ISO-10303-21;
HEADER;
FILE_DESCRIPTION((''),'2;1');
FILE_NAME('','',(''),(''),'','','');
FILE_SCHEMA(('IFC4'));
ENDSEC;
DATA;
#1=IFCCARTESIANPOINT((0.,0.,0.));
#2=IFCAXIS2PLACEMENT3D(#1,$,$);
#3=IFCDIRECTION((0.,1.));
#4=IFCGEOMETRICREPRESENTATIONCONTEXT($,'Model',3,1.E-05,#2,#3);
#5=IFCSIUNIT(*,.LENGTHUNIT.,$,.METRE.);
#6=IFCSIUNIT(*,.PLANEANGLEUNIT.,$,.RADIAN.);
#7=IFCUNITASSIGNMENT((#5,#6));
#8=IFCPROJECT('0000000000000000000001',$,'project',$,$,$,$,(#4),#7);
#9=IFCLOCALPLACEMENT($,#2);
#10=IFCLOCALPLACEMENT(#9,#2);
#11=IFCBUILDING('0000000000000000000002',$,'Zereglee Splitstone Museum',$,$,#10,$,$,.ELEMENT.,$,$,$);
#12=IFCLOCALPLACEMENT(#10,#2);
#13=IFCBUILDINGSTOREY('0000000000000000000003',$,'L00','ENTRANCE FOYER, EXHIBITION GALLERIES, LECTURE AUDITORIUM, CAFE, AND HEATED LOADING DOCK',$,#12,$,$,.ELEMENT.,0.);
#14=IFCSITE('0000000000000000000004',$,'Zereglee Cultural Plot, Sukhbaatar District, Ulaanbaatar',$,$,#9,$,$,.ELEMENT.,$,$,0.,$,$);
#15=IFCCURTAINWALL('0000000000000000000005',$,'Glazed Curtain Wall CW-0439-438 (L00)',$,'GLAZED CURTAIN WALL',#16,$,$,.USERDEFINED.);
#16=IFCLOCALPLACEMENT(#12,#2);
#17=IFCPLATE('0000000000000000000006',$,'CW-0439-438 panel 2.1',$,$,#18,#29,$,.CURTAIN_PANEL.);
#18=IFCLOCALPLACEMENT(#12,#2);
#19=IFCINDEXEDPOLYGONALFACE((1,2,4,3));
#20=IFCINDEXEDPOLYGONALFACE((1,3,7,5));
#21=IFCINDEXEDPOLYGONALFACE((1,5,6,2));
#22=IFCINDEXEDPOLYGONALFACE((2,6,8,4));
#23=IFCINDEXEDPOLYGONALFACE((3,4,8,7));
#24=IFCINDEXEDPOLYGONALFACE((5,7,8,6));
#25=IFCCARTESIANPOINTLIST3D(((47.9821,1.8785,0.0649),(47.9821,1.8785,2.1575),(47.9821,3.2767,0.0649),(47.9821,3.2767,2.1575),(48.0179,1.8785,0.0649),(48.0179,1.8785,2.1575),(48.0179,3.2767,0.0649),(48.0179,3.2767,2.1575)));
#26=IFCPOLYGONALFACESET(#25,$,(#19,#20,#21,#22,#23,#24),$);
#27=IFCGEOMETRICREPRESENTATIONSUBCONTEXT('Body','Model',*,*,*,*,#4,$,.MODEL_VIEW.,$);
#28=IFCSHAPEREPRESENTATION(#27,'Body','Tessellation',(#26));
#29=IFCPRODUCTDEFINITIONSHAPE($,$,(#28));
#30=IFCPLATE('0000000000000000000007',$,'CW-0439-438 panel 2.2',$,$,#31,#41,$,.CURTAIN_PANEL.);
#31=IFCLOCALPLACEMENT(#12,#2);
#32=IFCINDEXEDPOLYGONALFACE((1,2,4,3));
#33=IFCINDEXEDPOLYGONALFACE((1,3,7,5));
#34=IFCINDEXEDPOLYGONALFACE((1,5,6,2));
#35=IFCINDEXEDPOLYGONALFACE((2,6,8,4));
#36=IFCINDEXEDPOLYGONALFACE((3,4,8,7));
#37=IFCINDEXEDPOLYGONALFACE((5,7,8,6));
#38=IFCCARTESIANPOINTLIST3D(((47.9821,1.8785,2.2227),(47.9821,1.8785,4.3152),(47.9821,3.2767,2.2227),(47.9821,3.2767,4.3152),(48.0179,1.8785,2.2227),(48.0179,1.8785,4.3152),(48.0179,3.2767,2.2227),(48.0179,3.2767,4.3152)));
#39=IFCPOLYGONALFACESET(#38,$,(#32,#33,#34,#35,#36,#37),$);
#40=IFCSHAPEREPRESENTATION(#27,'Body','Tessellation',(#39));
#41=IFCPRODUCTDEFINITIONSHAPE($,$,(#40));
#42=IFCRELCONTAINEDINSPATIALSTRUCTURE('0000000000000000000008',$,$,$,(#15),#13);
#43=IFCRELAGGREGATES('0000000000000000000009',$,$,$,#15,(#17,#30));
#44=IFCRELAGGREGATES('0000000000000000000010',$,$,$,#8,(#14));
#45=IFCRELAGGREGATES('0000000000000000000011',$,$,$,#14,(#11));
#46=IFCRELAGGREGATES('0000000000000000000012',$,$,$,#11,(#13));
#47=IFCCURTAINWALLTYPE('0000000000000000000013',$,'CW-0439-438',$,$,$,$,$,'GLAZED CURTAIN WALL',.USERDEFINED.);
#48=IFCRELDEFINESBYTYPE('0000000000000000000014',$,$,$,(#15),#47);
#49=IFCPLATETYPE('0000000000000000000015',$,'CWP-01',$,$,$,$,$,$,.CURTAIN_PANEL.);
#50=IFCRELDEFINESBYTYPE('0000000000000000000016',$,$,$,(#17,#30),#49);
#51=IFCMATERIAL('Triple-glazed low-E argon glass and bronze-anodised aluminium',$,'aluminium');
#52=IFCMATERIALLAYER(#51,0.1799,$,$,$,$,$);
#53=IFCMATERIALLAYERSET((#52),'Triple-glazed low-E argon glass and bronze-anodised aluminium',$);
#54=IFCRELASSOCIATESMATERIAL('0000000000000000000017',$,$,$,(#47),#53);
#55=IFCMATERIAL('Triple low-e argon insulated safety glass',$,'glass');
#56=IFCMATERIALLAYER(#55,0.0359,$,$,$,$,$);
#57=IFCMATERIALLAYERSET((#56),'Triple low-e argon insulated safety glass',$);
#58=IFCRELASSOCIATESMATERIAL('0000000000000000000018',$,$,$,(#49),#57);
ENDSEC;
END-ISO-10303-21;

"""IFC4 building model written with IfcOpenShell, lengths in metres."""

from ifc_helpers import new_model, si_unit, direction, frame, origin, origin_2d, place, context, subcontext, project, spatial, rectangle, extrude, material, layer, layer_set, type_object, element, aggregate, save


model = new_model("IFC4")

# Units and contexts
model_context = context("Model", 3, precision=1e-05, world=origin(), true_north=direction((0.0, 1.0)))
body_context = subcontext(model_context, "Body", "Model", "MODEL_VIEW")
ifc_project = project(units=[si_unit("LENGTHUNIT", "METRE"), si_unit("PLANEANGLEUNIT", "RADIAN")], contexts=[model_context])

# Site, building, storey
site_placement = place(None, origin())
site = spatial("IfcSite", under=ifc_project, at=site_placement, Name="Zereglee Cultural Plot, Sukhbaatar District, Ulaanbaatar", CompositionType="ELEMENT", RefElevation=0.0)
building_placement = place(site_placement, origin())
building = spatial("IfcBuilding", under=site, at=building_placement, Name="Zereglee Splitstone Museum", CompositionType="ELEMENT")
storey_placement = place(building_placement, origin())
storey = spatial("IfcBuildingStorey", under=building, at=storey_placement, Name="L00", Description="ENTRANCE FOYER, EXHIBITION GALLERIES, LECTURE AUDITORIUM, CAFE, AND HEATED LOADING DOCK", CompositionType="ELEMENT", Elevation=0.0)

# Shared definitions
ifc_material_1 = material(Name="Triple-glazed low-E argon glass and bronze-anodised aluminium", Category="aluminium")

# Curtain wall
ifc_layer_1 = layer(ifc_material_1, 0.1799)
ifc_layer_set_1 = layer_set([ifc_layer_1], Name="Triple-glazed low-E argon glass and bronze-anodised aluminium")
curtain_wall_type_1 = type_object("IfcCurtainWallType", Name="CW-0439-438", ElementType="GLAZED CURTAIN WALL", PredefinedType="USERDEFINED", material=ifc_layer_set_1)
curtain_wall_1_placement = place(storey_placement, origin())
curtain_wall_1 = element("IfcCurtainWall", 1, at=curtain_wall_1_placement, inside=storey, type_object=curtain_wall_type_1, Name="Glazed Curtain Wall CW-0439-438 (L00)", ObjectType="GLAZED CURTAIN WALL", PredefinedType="USERDEFINED")

# Plates
ifc_material_2 = material(Name="Triple low-e argon insulated safety glass", Category="glass")
ifc_layer_2 = layer(ifc_material_2, 0.0359)
ifc_layer_set_2 = layer_set([ifc_layer_2], Name="Triple low-e argon insulated safety glass")
plate_type = type_object("IfcPlateType", Name="CWP-01", PredefinedType="CURTAIN_PANEL", material=ifc_layer_set_2)
plate_1_placement = place(storey_placement, frame((48.0, 2.5776, 0.0649), z_axis=(0.0, 0.0, 1.0), x_axis=(0.0, 1.0, 0.0)))
plate_1 = element("IfcPlate", 2, at=plate_1_placement, type_object=plate_type, Name="CW-0439-438 panel 2.1", PredefinedType="CURTAIN_PANEL", context=body_context, shape_type="SweptSolid", body=[
    extrude(rectangle(XDim=1.3982, YDim=0.0359, at=origin_2d()), origin(), (0.0, 0.0, 1.0), 2.0925),
])
plate_2_placement = place(storey_placement, frame((48.0, 2.5776, 2.2227), z_axis=(0.0, 0.0, 1.0), x_axis=(0.0, 1.0, 0.0)))
plate_2 = element("IfcPlate", 3, at=plate_2_placement, type_object=plate_type, Name="CW-0439-438 panel 2.2", PredefinedType="CURTAIN_PANEL", context=body_context, shape_type="SweptSolid", body=[
    extrude(rectangle(XDim=1.3982, YDim=0.0359, at=origin_2d()), origin(), (0.0, 0.0, 1.0), 2.0925),
])
aggregate(curtain_wall_1, [plate_1, plate_2])

save(model, "model.ifc")
